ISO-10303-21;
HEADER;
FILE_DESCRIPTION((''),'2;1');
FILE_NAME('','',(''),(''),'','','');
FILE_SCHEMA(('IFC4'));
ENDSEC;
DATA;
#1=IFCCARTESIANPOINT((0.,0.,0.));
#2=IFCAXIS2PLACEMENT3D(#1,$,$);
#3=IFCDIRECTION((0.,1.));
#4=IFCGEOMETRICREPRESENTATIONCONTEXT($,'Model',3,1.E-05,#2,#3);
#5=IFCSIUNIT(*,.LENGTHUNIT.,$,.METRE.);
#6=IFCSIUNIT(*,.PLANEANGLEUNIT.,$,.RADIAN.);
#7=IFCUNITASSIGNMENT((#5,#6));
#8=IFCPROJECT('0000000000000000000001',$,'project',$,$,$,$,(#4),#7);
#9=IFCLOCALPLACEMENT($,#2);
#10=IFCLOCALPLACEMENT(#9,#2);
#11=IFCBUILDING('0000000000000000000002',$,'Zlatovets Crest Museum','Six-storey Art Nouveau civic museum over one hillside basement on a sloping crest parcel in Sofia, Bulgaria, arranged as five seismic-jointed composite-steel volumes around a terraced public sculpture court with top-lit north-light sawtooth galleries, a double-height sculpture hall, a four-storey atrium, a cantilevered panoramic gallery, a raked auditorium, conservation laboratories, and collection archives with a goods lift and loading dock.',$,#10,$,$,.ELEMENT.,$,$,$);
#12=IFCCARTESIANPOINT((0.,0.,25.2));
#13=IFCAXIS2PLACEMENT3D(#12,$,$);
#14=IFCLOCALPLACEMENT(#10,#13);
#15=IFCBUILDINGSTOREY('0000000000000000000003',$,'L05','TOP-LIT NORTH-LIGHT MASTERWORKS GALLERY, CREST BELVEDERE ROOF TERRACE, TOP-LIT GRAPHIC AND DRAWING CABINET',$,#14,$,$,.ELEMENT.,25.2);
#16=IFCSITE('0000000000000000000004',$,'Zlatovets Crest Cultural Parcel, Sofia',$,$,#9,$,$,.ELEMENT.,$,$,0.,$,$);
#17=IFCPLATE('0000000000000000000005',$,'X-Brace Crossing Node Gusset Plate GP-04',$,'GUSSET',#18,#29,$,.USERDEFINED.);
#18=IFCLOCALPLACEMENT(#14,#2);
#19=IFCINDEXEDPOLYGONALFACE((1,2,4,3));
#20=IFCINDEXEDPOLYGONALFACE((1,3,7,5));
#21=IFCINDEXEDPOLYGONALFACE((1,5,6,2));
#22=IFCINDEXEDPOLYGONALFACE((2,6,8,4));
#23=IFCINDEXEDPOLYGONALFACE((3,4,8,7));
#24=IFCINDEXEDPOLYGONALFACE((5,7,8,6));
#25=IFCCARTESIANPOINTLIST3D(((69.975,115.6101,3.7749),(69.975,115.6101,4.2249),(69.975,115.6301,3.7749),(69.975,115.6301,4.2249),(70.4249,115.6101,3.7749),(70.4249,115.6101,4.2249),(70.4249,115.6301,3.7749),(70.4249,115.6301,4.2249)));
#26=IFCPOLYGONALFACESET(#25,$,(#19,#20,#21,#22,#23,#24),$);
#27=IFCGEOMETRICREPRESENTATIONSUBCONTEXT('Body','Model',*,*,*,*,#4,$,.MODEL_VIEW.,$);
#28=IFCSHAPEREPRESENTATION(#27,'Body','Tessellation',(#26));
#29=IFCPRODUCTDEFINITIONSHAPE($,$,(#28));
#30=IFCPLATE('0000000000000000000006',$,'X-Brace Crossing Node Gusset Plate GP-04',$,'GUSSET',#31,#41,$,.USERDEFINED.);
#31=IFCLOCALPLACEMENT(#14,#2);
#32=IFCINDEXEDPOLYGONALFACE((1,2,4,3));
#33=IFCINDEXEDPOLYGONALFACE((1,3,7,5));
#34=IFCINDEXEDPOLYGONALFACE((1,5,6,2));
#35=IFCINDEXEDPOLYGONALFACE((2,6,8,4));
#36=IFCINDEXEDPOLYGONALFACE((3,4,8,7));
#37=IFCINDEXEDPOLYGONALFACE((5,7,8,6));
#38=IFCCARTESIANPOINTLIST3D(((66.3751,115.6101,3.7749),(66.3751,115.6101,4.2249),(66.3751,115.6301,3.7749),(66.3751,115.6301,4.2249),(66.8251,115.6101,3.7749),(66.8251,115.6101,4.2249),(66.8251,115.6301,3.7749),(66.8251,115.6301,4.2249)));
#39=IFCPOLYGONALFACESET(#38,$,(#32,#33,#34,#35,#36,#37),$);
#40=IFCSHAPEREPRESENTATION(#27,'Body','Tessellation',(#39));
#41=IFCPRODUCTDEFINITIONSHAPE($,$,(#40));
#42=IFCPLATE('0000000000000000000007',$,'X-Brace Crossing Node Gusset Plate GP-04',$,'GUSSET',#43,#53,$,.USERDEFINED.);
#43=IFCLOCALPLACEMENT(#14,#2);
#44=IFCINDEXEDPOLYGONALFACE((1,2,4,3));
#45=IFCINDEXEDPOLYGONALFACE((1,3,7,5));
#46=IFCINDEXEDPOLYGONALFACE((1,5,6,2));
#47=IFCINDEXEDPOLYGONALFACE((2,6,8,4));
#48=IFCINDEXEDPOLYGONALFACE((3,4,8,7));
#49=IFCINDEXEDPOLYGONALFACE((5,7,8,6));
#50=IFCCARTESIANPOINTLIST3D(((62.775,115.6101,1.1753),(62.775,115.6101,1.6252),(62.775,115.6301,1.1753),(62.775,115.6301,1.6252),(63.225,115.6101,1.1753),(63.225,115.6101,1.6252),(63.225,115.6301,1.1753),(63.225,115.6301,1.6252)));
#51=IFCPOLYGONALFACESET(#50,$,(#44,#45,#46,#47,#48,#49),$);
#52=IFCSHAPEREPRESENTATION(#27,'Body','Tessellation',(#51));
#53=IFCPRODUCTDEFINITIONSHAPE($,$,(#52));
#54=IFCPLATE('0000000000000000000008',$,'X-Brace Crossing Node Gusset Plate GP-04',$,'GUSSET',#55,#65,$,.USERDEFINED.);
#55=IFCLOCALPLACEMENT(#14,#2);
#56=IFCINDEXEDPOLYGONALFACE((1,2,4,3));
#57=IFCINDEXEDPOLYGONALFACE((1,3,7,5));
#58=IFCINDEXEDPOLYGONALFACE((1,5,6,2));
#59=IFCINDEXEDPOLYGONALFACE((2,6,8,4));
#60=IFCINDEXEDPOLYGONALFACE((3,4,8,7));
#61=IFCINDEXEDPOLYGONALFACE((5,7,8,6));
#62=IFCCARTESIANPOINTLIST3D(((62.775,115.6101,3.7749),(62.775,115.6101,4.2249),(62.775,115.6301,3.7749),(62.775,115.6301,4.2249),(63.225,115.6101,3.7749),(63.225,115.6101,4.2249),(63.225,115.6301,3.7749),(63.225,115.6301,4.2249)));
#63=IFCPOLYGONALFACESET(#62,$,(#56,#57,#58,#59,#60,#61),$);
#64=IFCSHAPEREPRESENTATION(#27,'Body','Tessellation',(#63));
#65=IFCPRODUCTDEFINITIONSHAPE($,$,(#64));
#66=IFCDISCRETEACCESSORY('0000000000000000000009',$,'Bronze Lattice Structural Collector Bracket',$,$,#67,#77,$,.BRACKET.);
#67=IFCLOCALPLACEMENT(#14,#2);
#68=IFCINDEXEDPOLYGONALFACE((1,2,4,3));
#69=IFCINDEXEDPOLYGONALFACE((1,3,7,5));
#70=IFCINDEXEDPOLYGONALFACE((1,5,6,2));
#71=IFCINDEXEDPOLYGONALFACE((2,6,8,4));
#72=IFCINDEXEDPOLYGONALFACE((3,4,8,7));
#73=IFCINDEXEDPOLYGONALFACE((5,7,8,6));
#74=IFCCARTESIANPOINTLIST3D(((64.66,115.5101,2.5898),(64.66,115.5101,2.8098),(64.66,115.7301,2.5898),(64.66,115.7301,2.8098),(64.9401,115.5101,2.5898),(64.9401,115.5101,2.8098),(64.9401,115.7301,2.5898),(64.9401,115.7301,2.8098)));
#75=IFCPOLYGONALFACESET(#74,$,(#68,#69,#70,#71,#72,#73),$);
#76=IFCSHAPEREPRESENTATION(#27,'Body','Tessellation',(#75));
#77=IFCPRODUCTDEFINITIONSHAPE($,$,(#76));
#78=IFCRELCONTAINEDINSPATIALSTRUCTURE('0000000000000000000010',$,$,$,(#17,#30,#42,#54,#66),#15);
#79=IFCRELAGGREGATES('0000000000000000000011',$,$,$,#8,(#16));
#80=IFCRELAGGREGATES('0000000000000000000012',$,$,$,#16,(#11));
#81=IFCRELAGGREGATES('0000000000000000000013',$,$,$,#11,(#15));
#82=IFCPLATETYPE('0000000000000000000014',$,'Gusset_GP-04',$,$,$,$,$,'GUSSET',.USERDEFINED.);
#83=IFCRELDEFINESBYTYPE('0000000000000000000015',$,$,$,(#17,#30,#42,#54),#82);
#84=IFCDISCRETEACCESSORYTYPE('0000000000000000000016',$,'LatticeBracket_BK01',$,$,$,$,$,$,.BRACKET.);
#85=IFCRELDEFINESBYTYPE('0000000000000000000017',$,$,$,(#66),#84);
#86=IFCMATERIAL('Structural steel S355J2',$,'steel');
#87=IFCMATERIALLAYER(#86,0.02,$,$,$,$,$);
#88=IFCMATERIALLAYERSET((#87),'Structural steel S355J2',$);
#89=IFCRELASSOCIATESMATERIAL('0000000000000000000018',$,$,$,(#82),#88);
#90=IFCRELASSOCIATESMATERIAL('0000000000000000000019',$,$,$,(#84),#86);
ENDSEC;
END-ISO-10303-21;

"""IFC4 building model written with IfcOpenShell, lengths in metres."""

from ifc_helpers import new_model, si_unit, direction, frame, origin, origin_2d, place, context, subcontext, project, spatial, rectangle, extrude, material, layer, layer_set, type_object, element, save


model = new_model("IFC4")

# Units and contexts
model_context = context("Model", 3, precision=1e-05, world=origin(), true_north=direction((0.0, 1.0)))
body_context = subcontext(model_context, "Body", "Model", "MODEL_VIEW")
ifc_project = project(units=[si_unit("LENGTHUNIT", "METRE"), si_unit("PLANEANGLEUNIT", "RADIAN")], contexts=[model_context])

# Site, building, storey
site_placement = place(None, origin())
site = spatial("IfcSite", under=ifc_project, at=site_placement, Name="Zlatovets Crest Cultural Parcel, Sofia", CompositionType="ELEMENT", RefElevation=0.0)
building_placement = place(site_placement, origin())
building = spatial("IfcBuilding", under=site, at=building_placement, Name="Zlatovets Crest Museum", Description="Six-storey Art Nouveau civic museum over one hillside basement on a sloping crest parcel in Sofia, Bulgaria, arranged as five seismic-jointed composite-steel volumes around a terraced public sculpture court with top-lit north-light sawtooth galleries, a double-height sculpture hall, a four-storey atrium, a cantilevered panoramic gallery, a raked auditorium, conservation laboratories, and collection archives with a goods lift and loading dock.", CompositionType="ELEMENT")
storey_placement = place(building_placement, frame((0.0, 0.0, 25.2)))
storey = spatial("IfcBuildingStorey", under=building, at=storey_placement, Name="L05", Description="TOP-LIT NORTH-LIGHT MASTERWORKS GALLERY, CREST BELVEDERE ROOF TERRACE, TOP-LIT GRAPHIC AND DRAWING CABINET", CompositionType="ELEMENT", Elevation=25.2)

# Shared definitions
ifc_material_1 = material(Name="Structural steel S355J2", Category="steel")

# Plates
ifc_layer_1 = layer(ifc_material_1, 0.02)
ifc_layer_set_1 = layer_set([ifc_layer_1], Name="Structural steel S355J2")
plate_type_1 = type_object("IfcPlateType", Name="Gusset_GP-04", ElementType="GUSSET", PredefinedType="USERDEFINED", material=ifc_layer_set_1)
for number, where, z_axis, x_axis, name in (
    (1, (70.2, 115.6201, 3.7749), (0.0, 0.0, 1.0), (1.0, 0.0, 0.0), "X-Brace Crossing Node Gusset Plate GP-04"),
    (2, (66.6001, 115.6201, 3.7749), (0.0, 0.0, 1.0), (1.0, 0.0, 0.0), "X-Brace Crossing Node Gusset Plate GP-04"),
    (3, (63.0, 115.6201, 1.1753), (0.0, 0.0, 1.0), (1.0, 0.0, 0.0), "X-Brace Crossing Node Gusset Plate GP-04"),
    (4, (63.0, 115.6201, 3.7749), (0.0, 0.0, 1.0), (1.0, 0.0, 0.0), "X-Brace Crossing Node Gusset Plate GP-04"),
):
    element("IfcPlate", number, at=place(storey_placement, frame(where, z_axis=z_axis, x_axis=x_axis)), inside=storey, type_object=plate_type_1, Name=name, ObjectType="GUSSET", PredefinedType="USERDEFINED", context=body_context, shape_type="SweptSolid", body=[
        extrude(rectangle(XDim=0.45, YDim=0.02, at=origin_2d()), origin(), (0.0, 0.0, 1.0), 0.45),
    ])

# Discrete accessory
discrete_accessory_type = type_object("IfcDiscreteAccessoryType", Name="LatticeBracket_BK01", PredefinedType="BRACKET", material=ifc_material_1)
discrete_accessory_placement = place(storey_placement, frame((64.8, 115.6201, 2.5898), z_axis=(0.0, 0.0, 1.0), x_axis=(1.0, 0.0, 0.0)))
element("IfcDiscreteAccessory", 5, at=discrete_accessory_placement, inside=storey, type_object=discrete_accessory_type, Name="Bronze Lattice Structural Collector Bracket", PredefinedType="BRACKET", context=body_context, shape_type="SweptSolid", body=[
    extrude(rectangle(XDim=0.28, YDim=0.22, at=origin_2d()), origin(), (0.0, 0.0, 1.0), 0.22),
])

save(model, "model.ifc")
